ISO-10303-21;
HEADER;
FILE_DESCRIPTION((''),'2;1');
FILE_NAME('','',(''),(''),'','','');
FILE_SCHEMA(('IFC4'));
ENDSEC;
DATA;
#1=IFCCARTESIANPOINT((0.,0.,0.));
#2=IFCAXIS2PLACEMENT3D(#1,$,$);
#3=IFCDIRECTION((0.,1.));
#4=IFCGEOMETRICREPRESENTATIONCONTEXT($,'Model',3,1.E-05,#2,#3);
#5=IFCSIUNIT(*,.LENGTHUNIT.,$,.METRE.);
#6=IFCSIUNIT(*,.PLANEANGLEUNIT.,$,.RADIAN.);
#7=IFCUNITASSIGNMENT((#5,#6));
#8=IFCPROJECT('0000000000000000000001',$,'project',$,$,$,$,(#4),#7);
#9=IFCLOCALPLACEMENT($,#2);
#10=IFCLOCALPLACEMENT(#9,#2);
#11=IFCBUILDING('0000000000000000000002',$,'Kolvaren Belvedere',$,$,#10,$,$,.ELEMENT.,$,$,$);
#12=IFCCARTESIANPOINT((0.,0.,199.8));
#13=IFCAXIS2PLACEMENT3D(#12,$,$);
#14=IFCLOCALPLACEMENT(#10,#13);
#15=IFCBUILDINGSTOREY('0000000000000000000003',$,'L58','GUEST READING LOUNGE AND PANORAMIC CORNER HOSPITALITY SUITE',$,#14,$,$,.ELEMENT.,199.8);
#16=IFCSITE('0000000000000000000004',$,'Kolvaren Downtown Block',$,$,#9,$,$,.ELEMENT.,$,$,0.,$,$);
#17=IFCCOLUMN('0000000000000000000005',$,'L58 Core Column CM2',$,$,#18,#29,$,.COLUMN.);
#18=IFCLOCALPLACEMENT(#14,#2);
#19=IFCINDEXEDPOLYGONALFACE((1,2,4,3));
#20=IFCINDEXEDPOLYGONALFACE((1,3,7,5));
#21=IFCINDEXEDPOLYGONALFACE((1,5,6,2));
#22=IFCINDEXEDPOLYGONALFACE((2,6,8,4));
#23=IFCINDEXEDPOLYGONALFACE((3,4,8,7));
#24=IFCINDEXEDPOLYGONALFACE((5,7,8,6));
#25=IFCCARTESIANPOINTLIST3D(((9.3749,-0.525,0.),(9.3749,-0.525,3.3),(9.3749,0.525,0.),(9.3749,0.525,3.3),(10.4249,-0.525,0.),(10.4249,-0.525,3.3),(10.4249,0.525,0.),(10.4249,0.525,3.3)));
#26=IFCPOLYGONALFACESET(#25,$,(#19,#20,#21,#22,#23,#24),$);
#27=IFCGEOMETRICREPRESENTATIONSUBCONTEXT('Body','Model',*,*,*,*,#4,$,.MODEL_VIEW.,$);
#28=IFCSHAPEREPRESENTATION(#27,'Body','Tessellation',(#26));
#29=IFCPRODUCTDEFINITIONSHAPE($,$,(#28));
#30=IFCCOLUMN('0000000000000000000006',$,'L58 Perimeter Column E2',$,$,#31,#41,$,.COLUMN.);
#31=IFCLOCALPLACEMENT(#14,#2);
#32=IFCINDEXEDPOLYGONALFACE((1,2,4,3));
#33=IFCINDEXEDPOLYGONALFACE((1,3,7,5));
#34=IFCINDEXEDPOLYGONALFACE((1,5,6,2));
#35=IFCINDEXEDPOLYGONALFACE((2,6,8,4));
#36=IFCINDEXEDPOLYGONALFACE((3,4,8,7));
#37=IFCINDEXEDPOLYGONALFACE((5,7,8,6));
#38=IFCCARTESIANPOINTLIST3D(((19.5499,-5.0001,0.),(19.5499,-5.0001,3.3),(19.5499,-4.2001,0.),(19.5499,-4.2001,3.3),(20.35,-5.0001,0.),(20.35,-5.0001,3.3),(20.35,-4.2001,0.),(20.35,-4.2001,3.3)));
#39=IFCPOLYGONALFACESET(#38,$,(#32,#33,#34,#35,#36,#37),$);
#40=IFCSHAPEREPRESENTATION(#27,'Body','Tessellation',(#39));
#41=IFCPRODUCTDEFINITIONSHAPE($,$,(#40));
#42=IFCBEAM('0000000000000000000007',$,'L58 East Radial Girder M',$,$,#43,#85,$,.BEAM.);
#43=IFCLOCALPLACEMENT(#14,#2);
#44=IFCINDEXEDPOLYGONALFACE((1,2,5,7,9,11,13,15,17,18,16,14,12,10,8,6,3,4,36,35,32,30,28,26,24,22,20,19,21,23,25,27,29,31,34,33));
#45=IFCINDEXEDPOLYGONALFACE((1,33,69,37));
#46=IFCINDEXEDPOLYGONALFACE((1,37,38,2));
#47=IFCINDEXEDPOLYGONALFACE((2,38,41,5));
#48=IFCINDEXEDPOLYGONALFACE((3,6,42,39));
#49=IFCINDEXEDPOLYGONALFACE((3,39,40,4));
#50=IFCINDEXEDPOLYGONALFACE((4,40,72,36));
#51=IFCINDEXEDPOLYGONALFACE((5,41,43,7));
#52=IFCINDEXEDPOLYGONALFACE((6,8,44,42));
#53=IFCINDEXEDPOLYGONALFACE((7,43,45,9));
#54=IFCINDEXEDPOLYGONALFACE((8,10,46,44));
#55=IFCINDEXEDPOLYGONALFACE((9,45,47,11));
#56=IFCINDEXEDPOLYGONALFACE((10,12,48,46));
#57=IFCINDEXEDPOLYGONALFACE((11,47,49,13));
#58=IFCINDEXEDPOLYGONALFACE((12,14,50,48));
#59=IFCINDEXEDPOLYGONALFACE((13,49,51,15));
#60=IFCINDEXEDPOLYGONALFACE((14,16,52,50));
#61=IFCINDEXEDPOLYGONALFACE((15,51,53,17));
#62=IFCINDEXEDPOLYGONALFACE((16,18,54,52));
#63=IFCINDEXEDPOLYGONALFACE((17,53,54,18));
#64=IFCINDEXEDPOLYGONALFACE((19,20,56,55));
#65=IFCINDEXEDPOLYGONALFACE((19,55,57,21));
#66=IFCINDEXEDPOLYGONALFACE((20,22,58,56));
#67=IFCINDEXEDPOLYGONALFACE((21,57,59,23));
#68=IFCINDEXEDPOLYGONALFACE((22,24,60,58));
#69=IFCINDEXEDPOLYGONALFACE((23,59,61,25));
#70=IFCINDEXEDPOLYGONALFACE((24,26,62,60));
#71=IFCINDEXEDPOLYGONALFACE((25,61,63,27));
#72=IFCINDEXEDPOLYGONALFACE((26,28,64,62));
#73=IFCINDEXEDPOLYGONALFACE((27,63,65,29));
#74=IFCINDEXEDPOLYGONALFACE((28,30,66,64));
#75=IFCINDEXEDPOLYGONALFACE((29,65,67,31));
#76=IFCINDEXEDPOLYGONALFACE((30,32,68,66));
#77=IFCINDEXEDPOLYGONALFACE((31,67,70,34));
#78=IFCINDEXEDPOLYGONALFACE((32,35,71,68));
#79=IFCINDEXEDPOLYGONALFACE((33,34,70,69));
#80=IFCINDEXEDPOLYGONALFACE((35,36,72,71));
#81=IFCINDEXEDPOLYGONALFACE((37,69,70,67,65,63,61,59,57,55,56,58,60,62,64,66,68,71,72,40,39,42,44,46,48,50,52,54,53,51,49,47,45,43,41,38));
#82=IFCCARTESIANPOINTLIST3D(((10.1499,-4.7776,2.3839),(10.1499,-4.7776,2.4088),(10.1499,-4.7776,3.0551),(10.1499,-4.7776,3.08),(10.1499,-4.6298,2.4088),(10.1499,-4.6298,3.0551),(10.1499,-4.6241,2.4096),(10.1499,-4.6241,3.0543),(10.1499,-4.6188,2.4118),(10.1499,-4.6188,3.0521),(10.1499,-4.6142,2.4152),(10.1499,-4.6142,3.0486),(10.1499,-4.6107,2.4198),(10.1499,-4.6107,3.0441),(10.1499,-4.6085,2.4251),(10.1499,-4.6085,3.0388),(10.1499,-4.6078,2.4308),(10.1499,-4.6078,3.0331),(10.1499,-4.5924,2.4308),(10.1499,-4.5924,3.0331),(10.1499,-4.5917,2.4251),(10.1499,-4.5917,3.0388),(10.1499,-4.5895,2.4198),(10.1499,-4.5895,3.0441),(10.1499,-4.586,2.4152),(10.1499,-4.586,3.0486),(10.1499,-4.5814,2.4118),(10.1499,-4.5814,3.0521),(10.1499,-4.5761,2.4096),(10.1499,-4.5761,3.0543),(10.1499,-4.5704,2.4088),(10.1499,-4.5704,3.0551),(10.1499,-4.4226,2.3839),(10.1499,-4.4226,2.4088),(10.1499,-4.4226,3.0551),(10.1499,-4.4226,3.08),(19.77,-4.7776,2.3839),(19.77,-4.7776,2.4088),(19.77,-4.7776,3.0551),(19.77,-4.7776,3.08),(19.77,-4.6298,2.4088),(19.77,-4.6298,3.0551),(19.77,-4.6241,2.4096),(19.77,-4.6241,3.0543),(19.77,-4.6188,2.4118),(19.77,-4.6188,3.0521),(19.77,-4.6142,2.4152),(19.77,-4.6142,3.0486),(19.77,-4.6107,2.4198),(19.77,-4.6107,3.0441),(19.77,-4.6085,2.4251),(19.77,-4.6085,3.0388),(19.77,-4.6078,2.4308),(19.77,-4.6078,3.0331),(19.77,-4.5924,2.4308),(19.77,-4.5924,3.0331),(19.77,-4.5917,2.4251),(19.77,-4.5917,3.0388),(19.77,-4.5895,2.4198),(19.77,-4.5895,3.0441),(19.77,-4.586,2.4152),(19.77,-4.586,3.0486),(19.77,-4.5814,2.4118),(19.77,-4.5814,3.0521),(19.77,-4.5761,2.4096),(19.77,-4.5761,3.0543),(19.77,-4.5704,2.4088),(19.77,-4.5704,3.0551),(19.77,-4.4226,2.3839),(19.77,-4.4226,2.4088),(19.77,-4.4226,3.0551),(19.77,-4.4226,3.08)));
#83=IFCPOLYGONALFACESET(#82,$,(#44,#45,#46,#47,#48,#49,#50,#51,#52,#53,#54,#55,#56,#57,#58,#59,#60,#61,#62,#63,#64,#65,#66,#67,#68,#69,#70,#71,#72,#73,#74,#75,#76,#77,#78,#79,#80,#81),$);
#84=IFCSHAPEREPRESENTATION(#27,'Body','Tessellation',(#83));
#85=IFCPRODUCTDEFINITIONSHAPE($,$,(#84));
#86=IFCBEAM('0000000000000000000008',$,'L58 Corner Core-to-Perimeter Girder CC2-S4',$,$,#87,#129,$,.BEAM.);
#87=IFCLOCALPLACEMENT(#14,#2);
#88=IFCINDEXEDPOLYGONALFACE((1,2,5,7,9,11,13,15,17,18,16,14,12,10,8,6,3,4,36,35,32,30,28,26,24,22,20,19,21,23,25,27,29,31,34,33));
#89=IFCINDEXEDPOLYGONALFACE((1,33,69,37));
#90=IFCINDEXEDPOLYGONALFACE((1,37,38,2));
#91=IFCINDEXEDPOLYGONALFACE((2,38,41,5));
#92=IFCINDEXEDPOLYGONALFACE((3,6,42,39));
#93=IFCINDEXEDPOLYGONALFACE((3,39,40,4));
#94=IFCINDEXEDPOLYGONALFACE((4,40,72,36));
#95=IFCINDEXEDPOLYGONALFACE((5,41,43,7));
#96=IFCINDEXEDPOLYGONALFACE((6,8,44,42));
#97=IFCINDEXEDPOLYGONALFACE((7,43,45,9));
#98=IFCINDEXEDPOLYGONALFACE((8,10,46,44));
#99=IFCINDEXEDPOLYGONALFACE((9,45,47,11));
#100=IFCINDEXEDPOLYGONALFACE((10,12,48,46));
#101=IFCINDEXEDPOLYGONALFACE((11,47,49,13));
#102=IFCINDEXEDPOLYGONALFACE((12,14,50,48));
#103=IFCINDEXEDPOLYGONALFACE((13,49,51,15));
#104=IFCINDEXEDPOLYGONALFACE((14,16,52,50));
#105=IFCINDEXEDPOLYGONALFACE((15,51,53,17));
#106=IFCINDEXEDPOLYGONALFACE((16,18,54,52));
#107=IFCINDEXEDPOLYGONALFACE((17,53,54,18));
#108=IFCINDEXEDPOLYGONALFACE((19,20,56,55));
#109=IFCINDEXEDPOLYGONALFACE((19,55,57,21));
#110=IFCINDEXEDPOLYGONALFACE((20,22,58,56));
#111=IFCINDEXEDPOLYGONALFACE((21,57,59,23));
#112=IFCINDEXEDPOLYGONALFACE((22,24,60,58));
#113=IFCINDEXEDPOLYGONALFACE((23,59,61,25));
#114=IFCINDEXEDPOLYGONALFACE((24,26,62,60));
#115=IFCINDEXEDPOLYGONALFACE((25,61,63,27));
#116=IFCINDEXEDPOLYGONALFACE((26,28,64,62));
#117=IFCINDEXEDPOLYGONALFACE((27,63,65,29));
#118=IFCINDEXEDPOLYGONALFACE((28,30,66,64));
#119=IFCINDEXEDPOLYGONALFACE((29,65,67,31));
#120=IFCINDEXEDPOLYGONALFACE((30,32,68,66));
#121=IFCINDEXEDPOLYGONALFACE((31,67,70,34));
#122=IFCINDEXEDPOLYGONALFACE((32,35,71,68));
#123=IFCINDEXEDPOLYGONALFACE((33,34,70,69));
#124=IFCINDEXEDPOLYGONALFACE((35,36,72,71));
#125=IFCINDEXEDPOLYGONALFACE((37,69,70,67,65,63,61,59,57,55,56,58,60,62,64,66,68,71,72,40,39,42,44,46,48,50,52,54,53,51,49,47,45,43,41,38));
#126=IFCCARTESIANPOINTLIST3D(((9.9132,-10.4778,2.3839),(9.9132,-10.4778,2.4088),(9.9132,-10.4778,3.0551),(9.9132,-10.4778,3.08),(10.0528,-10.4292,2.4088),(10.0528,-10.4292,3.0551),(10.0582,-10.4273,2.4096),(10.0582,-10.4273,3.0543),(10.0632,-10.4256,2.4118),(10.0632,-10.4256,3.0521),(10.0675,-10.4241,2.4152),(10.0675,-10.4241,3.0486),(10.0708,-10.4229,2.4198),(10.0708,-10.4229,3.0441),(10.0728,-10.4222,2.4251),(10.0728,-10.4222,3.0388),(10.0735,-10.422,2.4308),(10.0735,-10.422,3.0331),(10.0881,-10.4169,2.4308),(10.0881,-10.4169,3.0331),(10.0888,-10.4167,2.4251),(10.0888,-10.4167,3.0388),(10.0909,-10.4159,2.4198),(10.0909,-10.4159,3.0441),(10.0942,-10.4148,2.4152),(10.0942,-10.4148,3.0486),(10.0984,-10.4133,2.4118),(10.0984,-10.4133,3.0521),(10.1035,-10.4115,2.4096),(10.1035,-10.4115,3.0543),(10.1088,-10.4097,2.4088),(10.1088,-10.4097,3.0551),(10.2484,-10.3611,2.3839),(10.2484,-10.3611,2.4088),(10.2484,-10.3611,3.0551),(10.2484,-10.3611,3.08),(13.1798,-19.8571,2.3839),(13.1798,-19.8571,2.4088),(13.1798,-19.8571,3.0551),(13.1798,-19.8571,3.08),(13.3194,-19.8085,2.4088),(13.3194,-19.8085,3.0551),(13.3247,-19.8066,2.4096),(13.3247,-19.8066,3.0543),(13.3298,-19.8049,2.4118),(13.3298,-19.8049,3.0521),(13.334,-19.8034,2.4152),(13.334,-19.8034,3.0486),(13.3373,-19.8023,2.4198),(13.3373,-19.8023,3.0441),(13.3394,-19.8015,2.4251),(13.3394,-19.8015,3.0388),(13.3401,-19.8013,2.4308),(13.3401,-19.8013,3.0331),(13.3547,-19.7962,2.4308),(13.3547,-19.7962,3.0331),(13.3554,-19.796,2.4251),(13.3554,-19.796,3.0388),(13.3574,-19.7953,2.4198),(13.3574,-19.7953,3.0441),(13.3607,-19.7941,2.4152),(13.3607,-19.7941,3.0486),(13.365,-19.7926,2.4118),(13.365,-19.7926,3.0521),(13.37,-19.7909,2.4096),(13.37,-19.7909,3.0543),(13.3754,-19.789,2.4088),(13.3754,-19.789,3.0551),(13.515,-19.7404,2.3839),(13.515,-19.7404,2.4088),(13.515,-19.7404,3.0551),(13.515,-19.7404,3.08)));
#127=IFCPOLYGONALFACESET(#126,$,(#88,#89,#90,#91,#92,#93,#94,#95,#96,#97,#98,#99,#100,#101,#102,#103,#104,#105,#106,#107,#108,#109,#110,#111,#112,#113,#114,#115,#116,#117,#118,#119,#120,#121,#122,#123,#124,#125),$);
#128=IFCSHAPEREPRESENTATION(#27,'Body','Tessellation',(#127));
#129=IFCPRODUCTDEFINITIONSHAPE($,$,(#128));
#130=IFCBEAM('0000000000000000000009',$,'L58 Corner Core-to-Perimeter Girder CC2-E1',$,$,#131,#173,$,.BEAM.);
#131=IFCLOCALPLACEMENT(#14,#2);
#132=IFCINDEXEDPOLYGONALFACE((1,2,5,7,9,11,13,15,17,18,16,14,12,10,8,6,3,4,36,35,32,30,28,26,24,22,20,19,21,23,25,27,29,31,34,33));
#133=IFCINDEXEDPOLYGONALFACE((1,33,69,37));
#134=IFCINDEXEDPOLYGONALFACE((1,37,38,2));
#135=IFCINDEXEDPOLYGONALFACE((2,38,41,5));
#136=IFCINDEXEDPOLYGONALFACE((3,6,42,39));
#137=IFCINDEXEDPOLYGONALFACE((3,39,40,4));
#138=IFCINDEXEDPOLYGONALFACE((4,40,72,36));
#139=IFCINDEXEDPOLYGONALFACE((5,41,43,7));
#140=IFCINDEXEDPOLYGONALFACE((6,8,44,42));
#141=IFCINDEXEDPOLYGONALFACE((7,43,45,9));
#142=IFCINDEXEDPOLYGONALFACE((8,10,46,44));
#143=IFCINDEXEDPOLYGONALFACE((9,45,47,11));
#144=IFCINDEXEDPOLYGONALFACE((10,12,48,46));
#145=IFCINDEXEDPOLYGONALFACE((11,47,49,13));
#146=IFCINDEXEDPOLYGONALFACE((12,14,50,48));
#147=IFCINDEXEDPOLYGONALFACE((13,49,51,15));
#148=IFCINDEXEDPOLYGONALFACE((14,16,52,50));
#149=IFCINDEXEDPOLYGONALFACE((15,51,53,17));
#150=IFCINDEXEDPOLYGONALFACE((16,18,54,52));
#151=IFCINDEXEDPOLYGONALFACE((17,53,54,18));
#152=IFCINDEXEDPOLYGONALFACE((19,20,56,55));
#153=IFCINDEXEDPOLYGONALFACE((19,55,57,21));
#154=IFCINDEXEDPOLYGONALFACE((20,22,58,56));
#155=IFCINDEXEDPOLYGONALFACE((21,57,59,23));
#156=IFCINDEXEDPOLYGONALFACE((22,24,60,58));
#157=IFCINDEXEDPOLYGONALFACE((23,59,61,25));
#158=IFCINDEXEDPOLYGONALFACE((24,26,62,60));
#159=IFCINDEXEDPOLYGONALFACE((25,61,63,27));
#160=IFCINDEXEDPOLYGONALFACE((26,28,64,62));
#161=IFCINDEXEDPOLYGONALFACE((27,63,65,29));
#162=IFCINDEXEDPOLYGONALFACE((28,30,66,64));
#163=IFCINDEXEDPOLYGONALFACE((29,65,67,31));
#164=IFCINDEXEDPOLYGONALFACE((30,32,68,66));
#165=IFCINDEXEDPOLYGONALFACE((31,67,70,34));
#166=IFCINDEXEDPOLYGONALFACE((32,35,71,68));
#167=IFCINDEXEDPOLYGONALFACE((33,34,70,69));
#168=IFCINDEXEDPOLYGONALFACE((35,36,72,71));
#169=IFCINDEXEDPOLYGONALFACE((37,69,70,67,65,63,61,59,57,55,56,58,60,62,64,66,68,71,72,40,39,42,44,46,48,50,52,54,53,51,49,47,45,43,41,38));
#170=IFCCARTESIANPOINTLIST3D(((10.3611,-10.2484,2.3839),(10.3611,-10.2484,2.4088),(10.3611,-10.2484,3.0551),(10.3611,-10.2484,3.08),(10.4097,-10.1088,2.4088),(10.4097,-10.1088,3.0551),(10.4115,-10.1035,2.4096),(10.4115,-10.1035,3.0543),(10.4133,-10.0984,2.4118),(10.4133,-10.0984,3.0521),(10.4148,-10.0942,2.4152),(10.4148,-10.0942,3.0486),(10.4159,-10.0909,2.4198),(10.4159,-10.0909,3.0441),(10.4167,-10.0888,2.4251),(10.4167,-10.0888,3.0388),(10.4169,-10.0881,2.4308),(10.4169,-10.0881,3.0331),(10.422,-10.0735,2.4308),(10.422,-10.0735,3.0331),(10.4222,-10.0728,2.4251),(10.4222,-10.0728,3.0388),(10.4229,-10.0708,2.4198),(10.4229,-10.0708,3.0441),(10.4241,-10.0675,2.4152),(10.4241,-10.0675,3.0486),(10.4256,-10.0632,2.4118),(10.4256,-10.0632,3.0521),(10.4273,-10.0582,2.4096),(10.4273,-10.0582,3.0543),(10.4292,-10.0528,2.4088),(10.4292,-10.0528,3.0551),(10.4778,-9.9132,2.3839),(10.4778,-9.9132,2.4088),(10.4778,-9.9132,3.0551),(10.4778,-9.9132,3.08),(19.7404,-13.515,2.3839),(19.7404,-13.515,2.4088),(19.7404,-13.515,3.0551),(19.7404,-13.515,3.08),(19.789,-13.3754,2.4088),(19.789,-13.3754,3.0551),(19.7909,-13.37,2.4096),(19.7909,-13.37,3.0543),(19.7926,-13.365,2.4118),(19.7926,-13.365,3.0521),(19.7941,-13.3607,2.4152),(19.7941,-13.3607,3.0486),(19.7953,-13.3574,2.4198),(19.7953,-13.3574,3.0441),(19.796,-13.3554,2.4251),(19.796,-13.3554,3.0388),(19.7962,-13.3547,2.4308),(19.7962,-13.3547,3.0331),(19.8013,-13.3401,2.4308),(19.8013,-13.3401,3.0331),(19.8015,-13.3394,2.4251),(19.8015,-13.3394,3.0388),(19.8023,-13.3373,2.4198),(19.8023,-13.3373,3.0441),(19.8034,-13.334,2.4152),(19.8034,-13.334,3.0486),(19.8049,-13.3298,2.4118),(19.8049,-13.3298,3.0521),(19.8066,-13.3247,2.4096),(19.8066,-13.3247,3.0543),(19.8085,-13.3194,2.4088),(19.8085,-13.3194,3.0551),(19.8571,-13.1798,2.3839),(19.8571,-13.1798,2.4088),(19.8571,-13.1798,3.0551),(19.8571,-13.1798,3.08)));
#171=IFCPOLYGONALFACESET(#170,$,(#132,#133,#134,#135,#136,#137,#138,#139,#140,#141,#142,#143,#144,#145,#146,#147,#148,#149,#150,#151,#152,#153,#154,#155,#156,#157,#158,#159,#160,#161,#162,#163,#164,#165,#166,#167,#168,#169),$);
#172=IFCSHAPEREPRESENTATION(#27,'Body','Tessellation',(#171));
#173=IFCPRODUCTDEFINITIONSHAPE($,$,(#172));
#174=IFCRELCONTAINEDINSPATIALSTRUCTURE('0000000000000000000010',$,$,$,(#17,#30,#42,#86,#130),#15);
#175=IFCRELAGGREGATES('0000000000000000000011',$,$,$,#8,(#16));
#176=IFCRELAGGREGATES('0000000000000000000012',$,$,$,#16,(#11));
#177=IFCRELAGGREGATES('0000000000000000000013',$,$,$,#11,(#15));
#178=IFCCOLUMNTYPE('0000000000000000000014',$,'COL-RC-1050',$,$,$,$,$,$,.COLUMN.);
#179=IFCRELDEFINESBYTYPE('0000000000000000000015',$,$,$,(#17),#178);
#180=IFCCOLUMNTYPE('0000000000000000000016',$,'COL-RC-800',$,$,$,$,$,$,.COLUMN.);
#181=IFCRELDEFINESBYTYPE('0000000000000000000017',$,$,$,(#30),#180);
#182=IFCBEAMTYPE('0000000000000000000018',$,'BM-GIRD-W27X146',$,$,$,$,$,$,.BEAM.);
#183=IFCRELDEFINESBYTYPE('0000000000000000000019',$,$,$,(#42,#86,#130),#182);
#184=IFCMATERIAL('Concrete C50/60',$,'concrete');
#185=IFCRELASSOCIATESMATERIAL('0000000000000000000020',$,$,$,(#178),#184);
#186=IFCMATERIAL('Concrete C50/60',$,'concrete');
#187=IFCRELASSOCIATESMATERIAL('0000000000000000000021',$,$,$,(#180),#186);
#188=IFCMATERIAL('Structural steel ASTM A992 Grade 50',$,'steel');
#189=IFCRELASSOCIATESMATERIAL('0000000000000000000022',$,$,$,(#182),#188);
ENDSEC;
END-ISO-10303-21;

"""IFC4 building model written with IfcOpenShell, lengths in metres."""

from ifc_helpers import new_model, si_unit, direction, frame, origin, origin_2d, place, context, subcontext, project, spatial, rectangle, i_section, extrude, material, material_profile, profile_set, type_object, element, save


model = new_model("IFC4")

# Units and contexts
model_context = context("Model", 3, precision=1e-05, world=origin(), true_north=direction((0.0, 1.0)))
body_context = subcontext(model_context, "Body", "Model", "MODEL_VIEW")
ifc_project = project(units=[si_unit("LENGTHUNIT", "METRE"), si_unit("PLANEANGLEUNIT", "RADIAN")], contexts=[model_context])

# Site, building, storey
site_placement = place(None, origin())
site = spatial("IfcSite", under=ifc_project, at=site_placement, Name="Kolvaren Downtown Block", CompositionType="ELEMENT", RefElevation=0.0)
building_placement = place(site_placement, origin())
building = spatial("IfcBuilding", under=site, at=building_placement, Name="Kolvaren Belvedere", CompositionType="ELEMENT")
storey_placement = place(building_placement, frame((0.0, 0.0, 199.8)))
storey = spatial("IfcBuildingStorey", under=building, at=storey_placement, Name="L58", Description="GUEST READING LOUNGE AND PANORAMIC CORNER HOSPITALITY SUITE", CompositionType="ELEMENT", Elevation=199.8)

# Columns
ifc_material_1 = material(Name="Concrete C50/60", Category="concrete")
ifc_material_profile_1 = material_profile(ifc_material_1, rectangle(XDim=1.05, YDim=1.05, at=origin_2d()), Name="RC 1050X1050")
ifc_profile_set_1 = profile_set([ifc_material_profile_1], Name="Concrete C50/60")
column_type_1 = type_object("IfcColumnType", Name="COL-RC-1050", PredefinedType="COLUMN", material=ifc_profile_set_1)
column_1_placement = place(storey_placement, frame((9.8999, 0.0, 0.0), z_axis=(0.0, 0.0, 1.0), x_axis=(1.0, 0.0, 0.0)))
element("IfcColumn", 1, at=column_1_placement, inside=storey, type_object=column_type_1, Name="L58 Core Column CM2", PredefinedType="COLUMN", context=body_context, shape_type="SweptSolid", body=[
    extrude(rectangle(XDim=1.05, YDim=1.05, at=origin_2d()), origin(), (0.0, 0.0, 1.0), 3.3),
])
ifc_material_2 = material(Name="Concrete C50/60", Category="concrete")
ifc_material_profile_2 = material_profile(ifc_material_2, rectangle(XDim=0.8, YDim=0.8, at=origin_2d()), Name="RC 800X800")
ifc_profile_set_2 = profile_set([ifc_material_profile_2], Name="Concrete C50/60")
column_type_2 = type_object("IfcColumnType", Name="COL-RC-800", PredefinedType="COLUMN", material=ifc_profile_set_2)
column_2_placement = place(storey_placement, frame((19.95, -4.6001, 0.0), z_axis=(0.0, 0.0, 1.0), x_axis=(1.0, 0.0, 0.0)))
element("IfcColumn", 2, at=column_2_placement, inside=storey, type_object=column_type_2, Name="L58 Perimeter Column E2", PredefinedType="COLUMN", context=body_context, shape_type="SweptSolid", body=[
    extrude(rectangle(XDim=0.8, YDim=0.8, at=origin_2d()), origin(), (0.0, 0.0, 1.0), 3.3),
])

# Beams
ifc_material_3 = material(Name="Structural steel ASTM A992 Grade 50", Category="steel")
ifc_material_profile_3 = material_profile(ifc_material_3, i_section(OverallWidth=0.355, OverallDepth=0.696, WebThickness=0.0154, FlangeThickness=0.0249, FilletRadius=0.022, at=origin_2d()), Name="W27X146")
ifc_profile_set_3 = profile_set([ifc_material_profile_3], Name="Structural steel ASTM A992 Grade 50")
beam_type_1 = type_object("IfcBeamType", Name="BM-GIRD-W27X146", PredefinedType="BEAM", material=ifc_profile_set_3)
beam_1_placement = place(storey_placement, frame((10.1499, -4.6001, 2.7319), z_axis=(1.0, 0.0, 0.0), x_axis=(0.0, 1.0, 0.0)))
element("IfcBeam", 3, at=beam_1_placement, inside=storey, type_object=beam_type_1, Name="L58 East Radial Girder M", PredefinedType="BEAM", context=body_context, shape_type="SweptSolid", body=[
    extrude(i_section(OverallWidth=0.355, OverallDepth=0.696, WebThickness=0.0154, FlangeThickness=0.0249, FilletRadius=0.022, at=origin_2d()), origin(), (0.0, 0.0, 1.0), 9.6201),
])
for number, where, z_axis, x_axis, name in (
    (4, (10.0808, -10.4194, 2.7319), (0.328898, -0.944365, 0.0), (0.944365, 0.328898, 0.0), "L58 Corner Core-to-Perimeter Girder CC2-S4"),
    (5, (10.4194, -10.0808, 2.7319), (0.944365, -0.328898, 0.0), (0.328898, 0.944365, 0.0), "L58 Corner Core-to-Perimeter Girder CC2-E1"),
):
    element("IfcBeam", number, at=place(storey_placement, frame(where, z_axis=z_axis, x_axis=x_axis)), inside=storey, type_object=beam_type_1, Name=name, PredefinedType="BEAM", context=body_context, shape_type="SweptSolid", body=[
        extrude(i_section(OverallWidth=0.355, OverallDepth=0.696, WebThickness=0.0154, FlangeThickness=0.0249, FilletRadius=0.022, at=origin_2d()), origin(), (0.0, 0.0, 1.0), 9.9319),
    ])

save(model, "model.ifc")
